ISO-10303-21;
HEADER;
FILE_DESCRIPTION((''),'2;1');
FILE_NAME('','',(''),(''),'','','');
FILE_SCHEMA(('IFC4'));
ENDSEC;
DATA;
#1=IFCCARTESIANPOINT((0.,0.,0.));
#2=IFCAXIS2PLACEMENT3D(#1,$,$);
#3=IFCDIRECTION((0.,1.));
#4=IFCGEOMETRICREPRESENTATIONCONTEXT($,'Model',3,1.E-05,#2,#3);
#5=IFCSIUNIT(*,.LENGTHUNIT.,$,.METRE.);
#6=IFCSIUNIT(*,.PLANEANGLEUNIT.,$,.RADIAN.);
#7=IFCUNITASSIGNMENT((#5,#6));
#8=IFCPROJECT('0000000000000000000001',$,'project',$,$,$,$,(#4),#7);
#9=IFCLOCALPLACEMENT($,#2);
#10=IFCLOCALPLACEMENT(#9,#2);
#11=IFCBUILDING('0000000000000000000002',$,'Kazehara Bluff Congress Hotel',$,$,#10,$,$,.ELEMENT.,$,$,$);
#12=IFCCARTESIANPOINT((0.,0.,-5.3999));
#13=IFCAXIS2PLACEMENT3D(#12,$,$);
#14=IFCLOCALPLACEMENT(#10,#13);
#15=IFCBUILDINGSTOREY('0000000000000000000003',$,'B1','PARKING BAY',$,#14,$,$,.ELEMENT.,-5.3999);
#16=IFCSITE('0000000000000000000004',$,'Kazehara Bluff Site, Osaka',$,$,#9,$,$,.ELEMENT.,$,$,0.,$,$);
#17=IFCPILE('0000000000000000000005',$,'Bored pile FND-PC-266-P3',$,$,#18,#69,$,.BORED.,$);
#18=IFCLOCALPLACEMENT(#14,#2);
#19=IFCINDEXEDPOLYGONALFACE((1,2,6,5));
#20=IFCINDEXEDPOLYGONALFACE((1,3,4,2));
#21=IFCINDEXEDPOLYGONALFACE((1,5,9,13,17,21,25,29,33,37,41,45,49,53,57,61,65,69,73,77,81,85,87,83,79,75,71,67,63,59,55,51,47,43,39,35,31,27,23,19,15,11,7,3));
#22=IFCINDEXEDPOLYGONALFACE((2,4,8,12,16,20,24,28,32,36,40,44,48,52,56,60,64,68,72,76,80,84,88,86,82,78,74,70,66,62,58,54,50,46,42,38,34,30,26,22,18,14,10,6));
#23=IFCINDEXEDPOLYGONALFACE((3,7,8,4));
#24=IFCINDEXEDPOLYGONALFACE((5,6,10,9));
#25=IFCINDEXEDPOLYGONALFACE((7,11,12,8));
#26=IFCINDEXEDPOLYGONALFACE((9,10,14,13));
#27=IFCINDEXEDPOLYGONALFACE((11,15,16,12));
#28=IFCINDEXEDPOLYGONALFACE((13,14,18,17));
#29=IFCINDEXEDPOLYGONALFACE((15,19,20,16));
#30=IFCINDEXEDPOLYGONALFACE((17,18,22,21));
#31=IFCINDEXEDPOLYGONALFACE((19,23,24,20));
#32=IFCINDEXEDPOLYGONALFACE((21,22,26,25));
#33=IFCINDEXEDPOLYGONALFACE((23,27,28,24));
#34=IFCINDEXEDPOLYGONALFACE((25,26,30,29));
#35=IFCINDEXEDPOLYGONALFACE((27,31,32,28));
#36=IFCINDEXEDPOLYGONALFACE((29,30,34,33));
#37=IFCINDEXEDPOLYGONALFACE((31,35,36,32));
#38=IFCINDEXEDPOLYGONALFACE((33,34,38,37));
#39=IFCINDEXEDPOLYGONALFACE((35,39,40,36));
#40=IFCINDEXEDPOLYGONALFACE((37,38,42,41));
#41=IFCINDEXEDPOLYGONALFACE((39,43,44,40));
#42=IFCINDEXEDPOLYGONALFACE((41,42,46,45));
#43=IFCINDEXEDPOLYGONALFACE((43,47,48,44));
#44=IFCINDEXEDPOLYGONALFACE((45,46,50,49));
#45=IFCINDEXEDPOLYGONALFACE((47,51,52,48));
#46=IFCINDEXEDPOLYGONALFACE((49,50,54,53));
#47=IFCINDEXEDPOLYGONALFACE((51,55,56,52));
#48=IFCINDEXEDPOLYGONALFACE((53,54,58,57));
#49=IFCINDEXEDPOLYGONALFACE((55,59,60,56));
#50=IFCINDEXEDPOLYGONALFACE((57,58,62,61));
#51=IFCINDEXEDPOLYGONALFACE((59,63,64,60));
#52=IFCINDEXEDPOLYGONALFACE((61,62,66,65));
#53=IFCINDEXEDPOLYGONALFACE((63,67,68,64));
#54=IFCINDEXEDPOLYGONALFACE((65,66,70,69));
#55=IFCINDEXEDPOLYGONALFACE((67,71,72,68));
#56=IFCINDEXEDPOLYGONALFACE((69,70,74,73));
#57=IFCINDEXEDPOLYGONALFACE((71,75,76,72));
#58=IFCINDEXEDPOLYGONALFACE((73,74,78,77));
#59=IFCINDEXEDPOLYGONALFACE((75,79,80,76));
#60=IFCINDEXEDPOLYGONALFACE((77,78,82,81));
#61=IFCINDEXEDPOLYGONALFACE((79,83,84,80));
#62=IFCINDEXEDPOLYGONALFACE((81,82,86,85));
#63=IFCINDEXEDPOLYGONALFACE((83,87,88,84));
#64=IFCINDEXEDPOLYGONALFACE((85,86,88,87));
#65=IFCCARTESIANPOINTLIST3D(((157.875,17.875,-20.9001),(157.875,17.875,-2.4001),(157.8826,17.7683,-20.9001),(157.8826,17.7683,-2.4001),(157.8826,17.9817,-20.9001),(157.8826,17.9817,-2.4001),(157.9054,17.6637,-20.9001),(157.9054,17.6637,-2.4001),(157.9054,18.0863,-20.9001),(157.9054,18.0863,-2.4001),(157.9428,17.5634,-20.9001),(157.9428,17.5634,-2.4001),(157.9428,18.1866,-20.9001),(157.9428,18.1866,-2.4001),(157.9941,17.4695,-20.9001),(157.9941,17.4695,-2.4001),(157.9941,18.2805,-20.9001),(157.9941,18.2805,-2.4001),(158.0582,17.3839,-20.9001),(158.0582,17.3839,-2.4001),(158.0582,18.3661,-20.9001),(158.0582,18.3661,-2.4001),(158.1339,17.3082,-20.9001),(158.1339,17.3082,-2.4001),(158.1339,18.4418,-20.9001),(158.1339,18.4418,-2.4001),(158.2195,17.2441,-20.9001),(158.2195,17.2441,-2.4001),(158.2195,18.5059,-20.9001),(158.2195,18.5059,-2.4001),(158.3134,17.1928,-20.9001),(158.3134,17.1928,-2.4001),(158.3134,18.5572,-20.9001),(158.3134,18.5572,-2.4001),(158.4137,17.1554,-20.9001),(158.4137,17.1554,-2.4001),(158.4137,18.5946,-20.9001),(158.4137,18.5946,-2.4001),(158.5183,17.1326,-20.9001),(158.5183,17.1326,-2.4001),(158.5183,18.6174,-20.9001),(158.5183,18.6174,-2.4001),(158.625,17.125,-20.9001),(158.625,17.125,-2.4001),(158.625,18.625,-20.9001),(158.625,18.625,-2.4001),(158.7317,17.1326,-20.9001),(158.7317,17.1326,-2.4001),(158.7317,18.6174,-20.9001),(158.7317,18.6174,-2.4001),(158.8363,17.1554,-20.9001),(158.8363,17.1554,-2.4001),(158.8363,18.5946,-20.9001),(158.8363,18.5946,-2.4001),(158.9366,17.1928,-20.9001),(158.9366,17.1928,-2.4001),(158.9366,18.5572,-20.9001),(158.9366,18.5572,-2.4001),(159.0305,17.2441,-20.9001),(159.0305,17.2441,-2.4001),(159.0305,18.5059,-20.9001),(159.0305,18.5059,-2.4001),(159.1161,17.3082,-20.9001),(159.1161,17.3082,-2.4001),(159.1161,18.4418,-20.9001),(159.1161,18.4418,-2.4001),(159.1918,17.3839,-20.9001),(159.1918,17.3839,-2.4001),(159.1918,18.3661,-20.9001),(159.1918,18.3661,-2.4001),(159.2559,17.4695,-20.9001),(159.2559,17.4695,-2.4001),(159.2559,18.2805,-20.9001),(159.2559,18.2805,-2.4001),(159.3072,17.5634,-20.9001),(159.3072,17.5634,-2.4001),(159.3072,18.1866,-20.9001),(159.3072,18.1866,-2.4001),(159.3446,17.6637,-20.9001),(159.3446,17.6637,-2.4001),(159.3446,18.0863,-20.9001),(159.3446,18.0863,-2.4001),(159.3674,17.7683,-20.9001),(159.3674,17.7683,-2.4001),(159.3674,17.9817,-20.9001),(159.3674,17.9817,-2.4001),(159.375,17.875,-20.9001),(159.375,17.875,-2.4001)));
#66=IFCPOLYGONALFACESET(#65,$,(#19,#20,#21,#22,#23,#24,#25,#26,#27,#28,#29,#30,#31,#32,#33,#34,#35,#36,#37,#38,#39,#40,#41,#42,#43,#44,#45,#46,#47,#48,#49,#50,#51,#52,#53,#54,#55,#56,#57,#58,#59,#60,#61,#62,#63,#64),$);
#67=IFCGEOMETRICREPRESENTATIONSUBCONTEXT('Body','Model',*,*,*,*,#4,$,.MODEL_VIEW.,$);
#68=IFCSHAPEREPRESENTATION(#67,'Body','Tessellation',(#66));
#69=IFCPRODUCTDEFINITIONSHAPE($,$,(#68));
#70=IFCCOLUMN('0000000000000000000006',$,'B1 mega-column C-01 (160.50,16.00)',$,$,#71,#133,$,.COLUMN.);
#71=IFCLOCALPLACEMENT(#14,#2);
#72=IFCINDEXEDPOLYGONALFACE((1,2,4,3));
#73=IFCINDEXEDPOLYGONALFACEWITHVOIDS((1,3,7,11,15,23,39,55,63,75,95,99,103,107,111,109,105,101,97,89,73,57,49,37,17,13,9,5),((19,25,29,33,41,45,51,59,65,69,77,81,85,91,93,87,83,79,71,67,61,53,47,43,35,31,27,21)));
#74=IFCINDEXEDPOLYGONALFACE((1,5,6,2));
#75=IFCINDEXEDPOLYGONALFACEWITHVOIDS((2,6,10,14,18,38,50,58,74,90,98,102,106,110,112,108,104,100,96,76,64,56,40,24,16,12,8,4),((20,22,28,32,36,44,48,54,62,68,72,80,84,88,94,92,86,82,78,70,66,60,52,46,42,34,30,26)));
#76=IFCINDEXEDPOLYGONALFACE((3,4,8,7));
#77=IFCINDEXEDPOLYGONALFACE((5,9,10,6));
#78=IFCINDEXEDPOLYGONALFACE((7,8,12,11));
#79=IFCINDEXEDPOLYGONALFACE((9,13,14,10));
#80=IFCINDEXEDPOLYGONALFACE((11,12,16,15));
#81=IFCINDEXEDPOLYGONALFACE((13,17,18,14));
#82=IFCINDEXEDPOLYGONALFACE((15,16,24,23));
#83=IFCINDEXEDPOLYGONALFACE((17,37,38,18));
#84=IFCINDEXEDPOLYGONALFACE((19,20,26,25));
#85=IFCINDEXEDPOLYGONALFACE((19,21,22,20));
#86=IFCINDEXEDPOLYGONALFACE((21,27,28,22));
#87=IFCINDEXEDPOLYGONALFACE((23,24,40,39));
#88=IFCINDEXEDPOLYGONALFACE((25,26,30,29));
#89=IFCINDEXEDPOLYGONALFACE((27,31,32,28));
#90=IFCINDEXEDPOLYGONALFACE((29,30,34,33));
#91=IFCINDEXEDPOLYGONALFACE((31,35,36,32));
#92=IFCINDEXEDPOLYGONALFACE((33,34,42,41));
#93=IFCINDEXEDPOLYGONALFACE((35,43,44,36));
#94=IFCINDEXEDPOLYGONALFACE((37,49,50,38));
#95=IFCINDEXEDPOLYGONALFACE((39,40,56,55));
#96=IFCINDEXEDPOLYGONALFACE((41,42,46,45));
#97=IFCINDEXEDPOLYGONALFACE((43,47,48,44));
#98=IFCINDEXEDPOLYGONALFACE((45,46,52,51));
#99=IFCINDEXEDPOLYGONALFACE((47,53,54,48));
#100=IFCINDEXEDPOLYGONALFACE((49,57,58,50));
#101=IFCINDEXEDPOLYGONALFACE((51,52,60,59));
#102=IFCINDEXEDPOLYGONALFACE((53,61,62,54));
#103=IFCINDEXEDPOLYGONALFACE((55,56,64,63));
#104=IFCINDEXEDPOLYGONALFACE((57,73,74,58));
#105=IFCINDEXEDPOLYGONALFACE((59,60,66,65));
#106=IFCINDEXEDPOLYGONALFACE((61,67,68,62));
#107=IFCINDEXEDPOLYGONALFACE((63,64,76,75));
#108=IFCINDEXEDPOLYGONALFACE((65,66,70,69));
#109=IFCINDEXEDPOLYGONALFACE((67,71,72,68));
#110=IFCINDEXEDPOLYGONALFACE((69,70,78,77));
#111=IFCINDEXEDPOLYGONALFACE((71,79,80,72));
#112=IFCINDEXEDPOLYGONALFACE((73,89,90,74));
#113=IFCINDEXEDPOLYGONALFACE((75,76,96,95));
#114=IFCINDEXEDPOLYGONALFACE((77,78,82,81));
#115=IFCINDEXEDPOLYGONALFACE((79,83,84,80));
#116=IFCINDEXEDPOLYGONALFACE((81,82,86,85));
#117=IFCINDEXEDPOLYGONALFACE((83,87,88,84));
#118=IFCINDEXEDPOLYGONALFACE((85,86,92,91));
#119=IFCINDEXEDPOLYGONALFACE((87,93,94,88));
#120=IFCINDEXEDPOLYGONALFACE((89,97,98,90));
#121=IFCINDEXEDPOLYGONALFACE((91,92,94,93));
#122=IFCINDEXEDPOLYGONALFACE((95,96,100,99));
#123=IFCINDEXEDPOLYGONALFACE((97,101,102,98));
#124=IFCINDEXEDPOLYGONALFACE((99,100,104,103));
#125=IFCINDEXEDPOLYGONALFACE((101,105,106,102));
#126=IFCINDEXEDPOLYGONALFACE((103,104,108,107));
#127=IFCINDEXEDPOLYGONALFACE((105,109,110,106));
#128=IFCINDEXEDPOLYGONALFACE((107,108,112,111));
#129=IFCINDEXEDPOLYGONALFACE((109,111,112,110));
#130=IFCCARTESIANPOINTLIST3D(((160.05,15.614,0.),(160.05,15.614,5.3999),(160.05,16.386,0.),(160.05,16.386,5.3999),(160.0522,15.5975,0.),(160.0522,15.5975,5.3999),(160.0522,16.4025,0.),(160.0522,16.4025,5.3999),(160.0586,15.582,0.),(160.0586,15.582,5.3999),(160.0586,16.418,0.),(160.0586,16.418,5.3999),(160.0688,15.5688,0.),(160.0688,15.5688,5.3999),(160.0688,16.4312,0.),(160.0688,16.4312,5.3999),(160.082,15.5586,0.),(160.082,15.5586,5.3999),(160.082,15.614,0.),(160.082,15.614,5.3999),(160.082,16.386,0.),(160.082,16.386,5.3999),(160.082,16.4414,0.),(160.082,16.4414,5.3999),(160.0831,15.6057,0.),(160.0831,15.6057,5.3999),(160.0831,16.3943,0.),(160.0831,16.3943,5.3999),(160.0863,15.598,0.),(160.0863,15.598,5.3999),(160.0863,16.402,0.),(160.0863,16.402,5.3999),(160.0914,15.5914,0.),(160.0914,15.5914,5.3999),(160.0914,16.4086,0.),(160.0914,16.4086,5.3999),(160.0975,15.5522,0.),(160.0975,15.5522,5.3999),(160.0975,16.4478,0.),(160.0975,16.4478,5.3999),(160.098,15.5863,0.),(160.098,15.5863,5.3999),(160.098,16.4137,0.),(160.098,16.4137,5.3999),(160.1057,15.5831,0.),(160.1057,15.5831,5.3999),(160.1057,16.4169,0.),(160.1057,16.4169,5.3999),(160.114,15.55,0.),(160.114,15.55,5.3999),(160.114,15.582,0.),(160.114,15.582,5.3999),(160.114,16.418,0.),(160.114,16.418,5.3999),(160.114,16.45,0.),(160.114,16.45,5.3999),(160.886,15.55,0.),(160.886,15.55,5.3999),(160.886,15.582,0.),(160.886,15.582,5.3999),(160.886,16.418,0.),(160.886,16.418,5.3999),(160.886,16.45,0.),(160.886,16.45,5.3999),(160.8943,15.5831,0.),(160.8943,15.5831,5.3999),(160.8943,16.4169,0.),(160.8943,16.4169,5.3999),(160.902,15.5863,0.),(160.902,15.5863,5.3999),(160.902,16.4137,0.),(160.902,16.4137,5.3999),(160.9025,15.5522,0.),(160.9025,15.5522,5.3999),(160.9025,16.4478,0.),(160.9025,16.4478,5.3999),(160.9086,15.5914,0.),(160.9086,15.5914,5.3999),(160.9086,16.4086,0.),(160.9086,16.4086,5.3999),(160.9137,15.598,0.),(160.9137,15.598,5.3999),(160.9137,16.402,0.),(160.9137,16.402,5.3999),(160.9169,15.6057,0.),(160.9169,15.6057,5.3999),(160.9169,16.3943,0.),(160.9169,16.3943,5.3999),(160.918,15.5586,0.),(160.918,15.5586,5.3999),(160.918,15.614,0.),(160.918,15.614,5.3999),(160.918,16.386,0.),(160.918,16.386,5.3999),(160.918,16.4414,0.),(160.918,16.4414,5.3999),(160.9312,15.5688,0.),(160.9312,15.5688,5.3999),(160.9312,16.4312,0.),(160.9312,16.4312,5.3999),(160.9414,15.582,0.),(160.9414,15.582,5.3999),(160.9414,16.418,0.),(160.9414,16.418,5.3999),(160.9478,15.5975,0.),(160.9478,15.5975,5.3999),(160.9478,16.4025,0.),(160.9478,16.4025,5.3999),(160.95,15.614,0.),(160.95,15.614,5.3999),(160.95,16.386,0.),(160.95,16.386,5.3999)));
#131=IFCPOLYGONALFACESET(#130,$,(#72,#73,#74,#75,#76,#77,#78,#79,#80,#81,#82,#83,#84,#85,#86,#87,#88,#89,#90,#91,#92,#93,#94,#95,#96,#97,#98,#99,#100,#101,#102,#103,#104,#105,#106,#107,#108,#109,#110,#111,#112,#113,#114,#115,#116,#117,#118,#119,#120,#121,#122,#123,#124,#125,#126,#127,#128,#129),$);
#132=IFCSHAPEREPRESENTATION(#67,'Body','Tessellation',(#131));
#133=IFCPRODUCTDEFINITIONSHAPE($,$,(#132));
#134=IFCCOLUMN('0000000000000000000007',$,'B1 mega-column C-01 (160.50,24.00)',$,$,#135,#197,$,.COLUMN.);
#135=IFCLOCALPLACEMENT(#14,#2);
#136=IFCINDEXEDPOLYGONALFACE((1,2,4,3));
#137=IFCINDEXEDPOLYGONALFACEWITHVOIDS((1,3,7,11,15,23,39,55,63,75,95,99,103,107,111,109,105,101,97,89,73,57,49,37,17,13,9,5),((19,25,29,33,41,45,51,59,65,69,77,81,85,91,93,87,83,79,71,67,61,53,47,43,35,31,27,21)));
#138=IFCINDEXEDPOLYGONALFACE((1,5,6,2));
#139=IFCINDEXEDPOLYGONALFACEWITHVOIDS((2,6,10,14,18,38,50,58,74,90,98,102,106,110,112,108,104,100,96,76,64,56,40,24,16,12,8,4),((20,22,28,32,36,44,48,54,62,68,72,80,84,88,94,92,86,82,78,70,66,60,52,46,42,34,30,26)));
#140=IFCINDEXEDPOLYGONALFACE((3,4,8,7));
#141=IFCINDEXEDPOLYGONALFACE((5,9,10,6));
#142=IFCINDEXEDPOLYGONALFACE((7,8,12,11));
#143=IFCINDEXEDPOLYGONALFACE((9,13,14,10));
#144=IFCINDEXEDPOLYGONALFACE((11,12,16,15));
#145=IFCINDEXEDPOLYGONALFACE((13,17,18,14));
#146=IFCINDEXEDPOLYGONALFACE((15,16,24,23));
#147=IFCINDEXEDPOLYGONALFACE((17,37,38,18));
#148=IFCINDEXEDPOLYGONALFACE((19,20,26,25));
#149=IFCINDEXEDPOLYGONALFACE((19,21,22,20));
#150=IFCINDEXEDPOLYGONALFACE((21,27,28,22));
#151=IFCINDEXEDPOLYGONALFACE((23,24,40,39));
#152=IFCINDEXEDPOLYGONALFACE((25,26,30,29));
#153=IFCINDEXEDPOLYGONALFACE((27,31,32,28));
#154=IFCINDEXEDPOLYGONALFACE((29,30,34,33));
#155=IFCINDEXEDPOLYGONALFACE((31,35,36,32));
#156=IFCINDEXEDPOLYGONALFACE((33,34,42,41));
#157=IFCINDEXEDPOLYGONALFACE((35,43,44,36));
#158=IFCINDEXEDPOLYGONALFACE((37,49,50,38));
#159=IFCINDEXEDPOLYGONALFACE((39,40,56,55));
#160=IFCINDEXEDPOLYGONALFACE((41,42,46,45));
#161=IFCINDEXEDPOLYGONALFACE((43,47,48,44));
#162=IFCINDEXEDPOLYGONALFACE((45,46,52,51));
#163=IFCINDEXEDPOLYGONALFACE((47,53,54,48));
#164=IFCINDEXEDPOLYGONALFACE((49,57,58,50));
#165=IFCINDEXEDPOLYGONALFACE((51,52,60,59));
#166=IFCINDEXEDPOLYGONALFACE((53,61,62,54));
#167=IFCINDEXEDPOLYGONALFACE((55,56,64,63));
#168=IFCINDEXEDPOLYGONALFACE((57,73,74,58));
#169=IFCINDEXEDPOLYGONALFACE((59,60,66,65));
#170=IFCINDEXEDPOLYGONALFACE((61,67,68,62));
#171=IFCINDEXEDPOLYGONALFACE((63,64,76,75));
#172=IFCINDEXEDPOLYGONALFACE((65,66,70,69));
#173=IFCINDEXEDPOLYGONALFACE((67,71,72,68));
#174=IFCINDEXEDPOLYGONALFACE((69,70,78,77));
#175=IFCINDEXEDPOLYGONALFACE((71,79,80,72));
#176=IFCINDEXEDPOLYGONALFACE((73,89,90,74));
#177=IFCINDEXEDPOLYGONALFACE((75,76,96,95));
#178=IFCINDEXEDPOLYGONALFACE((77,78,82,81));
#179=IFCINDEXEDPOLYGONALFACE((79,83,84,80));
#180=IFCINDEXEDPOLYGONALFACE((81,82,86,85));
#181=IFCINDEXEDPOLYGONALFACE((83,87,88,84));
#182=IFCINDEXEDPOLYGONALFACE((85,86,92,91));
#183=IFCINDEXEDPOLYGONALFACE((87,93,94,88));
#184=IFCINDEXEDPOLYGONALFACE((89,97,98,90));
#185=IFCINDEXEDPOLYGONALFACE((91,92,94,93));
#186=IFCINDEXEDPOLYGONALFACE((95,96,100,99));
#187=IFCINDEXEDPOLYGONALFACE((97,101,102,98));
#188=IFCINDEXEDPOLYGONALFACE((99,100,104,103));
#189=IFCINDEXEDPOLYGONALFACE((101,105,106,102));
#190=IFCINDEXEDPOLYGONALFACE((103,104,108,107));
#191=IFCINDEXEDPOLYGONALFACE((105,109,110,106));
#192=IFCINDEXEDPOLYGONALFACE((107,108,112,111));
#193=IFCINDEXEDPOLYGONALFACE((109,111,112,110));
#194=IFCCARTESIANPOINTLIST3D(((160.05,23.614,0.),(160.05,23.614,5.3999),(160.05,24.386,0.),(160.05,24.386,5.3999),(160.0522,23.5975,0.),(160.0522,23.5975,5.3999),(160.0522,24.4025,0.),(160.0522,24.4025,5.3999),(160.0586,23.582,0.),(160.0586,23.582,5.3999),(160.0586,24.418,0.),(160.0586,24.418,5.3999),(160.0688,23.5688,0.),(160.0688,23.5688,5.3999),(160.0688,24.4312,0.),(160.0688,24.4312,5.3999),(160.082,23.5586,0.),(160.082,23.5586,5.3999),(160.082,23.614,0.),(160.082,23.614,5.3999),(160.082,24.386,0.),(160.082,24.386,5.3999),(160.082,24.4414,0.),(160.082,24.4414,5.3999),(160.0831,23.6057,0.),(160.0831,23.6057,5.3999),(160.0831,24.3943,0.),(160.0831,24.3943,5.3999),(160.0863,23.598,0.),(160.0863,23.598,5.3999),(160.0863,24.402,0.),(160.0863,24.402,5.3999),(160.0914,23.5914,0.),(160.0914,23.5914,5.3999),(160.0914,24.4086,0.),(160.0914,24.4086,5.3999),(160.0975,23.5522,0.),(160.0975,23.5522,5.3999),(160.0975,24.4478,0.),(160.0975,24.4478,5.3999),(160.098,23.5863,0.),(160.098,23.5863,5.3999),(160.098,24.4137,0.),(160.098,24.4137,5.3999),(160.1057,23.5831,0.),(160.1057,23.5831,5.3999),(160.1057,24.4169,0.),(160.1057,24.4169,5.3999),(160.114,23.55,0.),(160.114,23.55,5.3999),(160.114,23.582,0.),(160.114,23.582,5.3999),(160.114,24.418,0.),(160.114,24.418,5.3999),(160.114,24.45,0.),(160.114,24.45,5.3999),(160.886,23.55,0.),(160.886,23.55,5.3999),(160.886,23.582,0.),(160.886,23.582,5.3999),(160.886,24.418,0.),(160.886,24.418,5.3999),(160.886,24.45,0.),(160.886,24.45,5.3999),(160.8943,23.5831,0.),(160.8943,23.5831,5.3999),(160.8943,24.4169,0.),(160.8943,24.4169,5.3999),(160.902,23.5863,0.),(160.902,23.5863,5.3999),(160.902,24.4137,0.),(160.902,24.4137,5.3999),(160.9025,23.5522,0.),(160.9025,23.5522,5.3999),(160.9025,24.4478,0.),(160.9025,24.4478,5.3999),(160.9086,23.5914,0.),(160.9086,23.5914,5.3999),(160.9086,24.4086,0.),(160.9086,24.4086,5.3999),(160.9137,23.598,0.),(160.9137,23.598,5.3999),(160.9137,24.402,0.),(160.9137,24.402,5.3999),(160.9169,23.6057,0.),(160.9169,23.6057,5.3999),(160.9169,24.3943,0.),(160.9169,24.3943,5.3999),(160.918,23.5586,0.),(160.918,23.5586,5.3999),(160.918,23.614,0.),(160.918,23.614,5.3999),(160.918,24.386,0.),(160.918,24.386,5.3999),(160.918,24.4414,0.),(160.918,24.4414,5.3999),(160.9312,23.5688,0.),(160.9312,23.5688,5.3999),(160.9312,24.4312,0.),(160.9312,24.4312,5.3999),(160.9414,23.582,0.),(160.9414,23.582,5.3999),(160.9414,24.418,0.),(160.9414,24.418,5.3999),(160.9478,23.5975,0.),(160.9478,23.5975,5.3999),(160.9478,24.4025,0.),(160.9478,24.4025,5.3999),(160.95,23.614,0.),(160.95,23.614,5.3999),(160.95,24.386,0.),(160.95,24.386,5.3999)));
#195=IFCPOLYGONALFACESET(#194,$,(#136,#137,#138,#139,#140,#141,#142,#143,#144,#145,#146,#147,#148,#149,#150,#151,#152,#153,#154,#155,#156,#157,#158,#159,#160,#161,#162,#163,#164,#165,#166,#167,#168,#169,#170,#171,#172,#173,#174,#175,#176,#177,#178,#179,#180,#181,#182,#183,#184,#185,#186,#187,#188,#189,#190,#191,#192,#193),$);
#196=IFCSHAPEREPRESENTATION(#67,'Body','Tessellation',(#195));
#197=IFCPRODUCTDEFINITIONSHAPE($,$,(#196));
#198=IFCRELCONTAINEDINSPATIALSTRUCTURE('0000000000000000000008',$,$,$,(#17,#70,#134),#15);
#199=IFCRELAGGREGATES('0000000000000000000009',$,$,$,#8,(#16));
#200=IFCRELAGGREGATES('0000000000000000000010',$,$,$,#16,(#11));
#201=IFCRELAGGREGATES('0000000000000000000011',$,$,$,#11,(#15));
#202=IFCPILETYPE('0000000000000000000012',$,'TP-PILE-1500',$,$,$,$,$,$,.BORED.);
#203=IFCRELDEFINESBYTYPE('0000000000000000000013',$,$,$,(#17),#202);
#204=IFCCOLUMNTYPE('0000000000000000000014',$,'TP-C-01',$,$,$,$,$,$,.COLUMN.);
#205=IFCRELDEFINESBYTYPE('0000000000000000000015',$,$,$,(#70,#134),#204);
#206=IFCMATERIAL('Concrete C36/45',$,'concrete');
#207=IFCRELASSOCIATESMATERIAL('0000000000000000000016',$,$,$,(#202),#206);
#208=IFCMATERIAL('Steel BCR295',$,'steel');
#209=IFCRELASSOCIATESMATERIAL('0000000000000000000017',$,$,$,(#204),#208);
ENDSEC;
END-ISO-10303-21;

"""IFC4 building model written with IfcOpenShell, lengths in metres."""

from ifc_helpers import new_model, si_unit, direction, frame, origin, origin_2d, place, context, subcontext, project, spatial, hollow_rectangle, circle, extrude, material, material_profile, profile_set, type_object, element, save


model = new_model("IFC4")

# Units and contexts
model_context = context("Model", 3, precision=1e-05, world=origin(), true_north=direction((0.0, 1.0)))
body_context = subcontext(model_context, "Body", "Model", "MODEL_VIEW")
ifc_project = project(units=[si_unit("LENGTHUNIT", "METRE"), si_unit("PLANEANGLEUNIT", "RADIAN")], contexts=[model_context])

# Site, building, storey
site_placement = place(None, origin())
site = spatial("IfcSite", under=ifc_project, at=site_placement, Name="Kazehara Bluff Site, Osaka", CompositionType="ELEMENT", RefElevation=0.0)
building_placement = place(site_placement, origin())
building = spatial("IfcBuilding", under=site, at=building_placement, Name="Kazehara Bluff Congress Hotel", CompositionType="ELEMENT")
storey_placement = place(building_placement, frame((0.0, 0.0, -5.3999)))
storey = spatial("IfcBuildingStorey", under=building, at=storey_placement, Name="B1", Description="PARKING BAY", CompositionType="ELEMENT", Elevation=-5.3999)

# Pile
ifc_material_1 = material(Name="Concrete C36/45", Category="concrete")
ifc_material_profile_1 = material_profile(ifc_material_1, circle(Radius=0.75, at=origin_2d()))
ifc_profile_set_1 = profile_set([ifc_material_profile_1], Name="Concrete C36/45")
pile_type_1 = type_object("IfcPileType", Name="TP-PILE-1500", PredefinedType="BORED", material=ifc_profile_set_1)
for number, where, z_axis, x_axis, name in (
    (1, (158.625, 17.875, -2.4001), (0.0, 0.0, -1.0), (1.0, 0.0, 0.0), "Bored pile FND-PC-266-P3"),
):
    element("IfcPile", number, at=place(storey_placement, frame(where, z_axis=z_axis, x_axis=x_axis)), inside=storey, type_object=pile_type_1, Name=name, PredefinedType="BORED", context=body_context, shape_type="SweptSolid", body=[
        extrude(circle(Radius=0.75, at=origin_2d()), origin(), (0.0, 0.0, 1.0), 18.5),
    ])

# Columns
ifc_material_2 = material(Name="Steel BCR295", Category="steel")
ifc_material_profile_2 = material_profile(ifc_material_2, hollow_rectangle(XDim=0.8999, YDim=0.8999, WallThickness=0.032, InnerFilletRadius=0.032, OuterFilletRadius=0.064, at=origin_2d()))
ifc_profile_set_2 = profile_set([ifc_material_profile_2], Name="Steel BCR295")
column_type = type_object("IfcColumnType", Name="TP-C-01", PredefinedType="COLUMN", material=ifc_profile_set_2)
for number, where, z_axis, x_axis, name in (
    (2, (160.5, 16.0, 0.0), (0.0, 0.0, 1.0), (1.0, 0.0, 0.0), "B1 mega-column C-01 (160.50,16.00)"),
    (3, (160.5, 24.0, 0.0), (0.0, 0.0, 1.0), (1.0, 0.0, 0.0), "B1 mega-column C-01 (160.50,24.00)"),
):
    element("IfcColumn", number, at=place(storey_placement, frame(where, z_axis=z_axis, x_axis=x_axis)), inside=storey, type_object=column_type, Name=name, PredefinedType="COLUMN", context=body_context, shape_type="SweptSolid", body=[
        extrude(hollow_rectangle(XDim=0.8999, YDim=0.8999, WallThickness=0.032, InnerFilletRadius=0.032, OuterFilletRadius=0.064, at=origin_2d()), origin(), (0.0, 0.0, 1.0), 5.3999),
    ])

save(model, "model.ifc")
